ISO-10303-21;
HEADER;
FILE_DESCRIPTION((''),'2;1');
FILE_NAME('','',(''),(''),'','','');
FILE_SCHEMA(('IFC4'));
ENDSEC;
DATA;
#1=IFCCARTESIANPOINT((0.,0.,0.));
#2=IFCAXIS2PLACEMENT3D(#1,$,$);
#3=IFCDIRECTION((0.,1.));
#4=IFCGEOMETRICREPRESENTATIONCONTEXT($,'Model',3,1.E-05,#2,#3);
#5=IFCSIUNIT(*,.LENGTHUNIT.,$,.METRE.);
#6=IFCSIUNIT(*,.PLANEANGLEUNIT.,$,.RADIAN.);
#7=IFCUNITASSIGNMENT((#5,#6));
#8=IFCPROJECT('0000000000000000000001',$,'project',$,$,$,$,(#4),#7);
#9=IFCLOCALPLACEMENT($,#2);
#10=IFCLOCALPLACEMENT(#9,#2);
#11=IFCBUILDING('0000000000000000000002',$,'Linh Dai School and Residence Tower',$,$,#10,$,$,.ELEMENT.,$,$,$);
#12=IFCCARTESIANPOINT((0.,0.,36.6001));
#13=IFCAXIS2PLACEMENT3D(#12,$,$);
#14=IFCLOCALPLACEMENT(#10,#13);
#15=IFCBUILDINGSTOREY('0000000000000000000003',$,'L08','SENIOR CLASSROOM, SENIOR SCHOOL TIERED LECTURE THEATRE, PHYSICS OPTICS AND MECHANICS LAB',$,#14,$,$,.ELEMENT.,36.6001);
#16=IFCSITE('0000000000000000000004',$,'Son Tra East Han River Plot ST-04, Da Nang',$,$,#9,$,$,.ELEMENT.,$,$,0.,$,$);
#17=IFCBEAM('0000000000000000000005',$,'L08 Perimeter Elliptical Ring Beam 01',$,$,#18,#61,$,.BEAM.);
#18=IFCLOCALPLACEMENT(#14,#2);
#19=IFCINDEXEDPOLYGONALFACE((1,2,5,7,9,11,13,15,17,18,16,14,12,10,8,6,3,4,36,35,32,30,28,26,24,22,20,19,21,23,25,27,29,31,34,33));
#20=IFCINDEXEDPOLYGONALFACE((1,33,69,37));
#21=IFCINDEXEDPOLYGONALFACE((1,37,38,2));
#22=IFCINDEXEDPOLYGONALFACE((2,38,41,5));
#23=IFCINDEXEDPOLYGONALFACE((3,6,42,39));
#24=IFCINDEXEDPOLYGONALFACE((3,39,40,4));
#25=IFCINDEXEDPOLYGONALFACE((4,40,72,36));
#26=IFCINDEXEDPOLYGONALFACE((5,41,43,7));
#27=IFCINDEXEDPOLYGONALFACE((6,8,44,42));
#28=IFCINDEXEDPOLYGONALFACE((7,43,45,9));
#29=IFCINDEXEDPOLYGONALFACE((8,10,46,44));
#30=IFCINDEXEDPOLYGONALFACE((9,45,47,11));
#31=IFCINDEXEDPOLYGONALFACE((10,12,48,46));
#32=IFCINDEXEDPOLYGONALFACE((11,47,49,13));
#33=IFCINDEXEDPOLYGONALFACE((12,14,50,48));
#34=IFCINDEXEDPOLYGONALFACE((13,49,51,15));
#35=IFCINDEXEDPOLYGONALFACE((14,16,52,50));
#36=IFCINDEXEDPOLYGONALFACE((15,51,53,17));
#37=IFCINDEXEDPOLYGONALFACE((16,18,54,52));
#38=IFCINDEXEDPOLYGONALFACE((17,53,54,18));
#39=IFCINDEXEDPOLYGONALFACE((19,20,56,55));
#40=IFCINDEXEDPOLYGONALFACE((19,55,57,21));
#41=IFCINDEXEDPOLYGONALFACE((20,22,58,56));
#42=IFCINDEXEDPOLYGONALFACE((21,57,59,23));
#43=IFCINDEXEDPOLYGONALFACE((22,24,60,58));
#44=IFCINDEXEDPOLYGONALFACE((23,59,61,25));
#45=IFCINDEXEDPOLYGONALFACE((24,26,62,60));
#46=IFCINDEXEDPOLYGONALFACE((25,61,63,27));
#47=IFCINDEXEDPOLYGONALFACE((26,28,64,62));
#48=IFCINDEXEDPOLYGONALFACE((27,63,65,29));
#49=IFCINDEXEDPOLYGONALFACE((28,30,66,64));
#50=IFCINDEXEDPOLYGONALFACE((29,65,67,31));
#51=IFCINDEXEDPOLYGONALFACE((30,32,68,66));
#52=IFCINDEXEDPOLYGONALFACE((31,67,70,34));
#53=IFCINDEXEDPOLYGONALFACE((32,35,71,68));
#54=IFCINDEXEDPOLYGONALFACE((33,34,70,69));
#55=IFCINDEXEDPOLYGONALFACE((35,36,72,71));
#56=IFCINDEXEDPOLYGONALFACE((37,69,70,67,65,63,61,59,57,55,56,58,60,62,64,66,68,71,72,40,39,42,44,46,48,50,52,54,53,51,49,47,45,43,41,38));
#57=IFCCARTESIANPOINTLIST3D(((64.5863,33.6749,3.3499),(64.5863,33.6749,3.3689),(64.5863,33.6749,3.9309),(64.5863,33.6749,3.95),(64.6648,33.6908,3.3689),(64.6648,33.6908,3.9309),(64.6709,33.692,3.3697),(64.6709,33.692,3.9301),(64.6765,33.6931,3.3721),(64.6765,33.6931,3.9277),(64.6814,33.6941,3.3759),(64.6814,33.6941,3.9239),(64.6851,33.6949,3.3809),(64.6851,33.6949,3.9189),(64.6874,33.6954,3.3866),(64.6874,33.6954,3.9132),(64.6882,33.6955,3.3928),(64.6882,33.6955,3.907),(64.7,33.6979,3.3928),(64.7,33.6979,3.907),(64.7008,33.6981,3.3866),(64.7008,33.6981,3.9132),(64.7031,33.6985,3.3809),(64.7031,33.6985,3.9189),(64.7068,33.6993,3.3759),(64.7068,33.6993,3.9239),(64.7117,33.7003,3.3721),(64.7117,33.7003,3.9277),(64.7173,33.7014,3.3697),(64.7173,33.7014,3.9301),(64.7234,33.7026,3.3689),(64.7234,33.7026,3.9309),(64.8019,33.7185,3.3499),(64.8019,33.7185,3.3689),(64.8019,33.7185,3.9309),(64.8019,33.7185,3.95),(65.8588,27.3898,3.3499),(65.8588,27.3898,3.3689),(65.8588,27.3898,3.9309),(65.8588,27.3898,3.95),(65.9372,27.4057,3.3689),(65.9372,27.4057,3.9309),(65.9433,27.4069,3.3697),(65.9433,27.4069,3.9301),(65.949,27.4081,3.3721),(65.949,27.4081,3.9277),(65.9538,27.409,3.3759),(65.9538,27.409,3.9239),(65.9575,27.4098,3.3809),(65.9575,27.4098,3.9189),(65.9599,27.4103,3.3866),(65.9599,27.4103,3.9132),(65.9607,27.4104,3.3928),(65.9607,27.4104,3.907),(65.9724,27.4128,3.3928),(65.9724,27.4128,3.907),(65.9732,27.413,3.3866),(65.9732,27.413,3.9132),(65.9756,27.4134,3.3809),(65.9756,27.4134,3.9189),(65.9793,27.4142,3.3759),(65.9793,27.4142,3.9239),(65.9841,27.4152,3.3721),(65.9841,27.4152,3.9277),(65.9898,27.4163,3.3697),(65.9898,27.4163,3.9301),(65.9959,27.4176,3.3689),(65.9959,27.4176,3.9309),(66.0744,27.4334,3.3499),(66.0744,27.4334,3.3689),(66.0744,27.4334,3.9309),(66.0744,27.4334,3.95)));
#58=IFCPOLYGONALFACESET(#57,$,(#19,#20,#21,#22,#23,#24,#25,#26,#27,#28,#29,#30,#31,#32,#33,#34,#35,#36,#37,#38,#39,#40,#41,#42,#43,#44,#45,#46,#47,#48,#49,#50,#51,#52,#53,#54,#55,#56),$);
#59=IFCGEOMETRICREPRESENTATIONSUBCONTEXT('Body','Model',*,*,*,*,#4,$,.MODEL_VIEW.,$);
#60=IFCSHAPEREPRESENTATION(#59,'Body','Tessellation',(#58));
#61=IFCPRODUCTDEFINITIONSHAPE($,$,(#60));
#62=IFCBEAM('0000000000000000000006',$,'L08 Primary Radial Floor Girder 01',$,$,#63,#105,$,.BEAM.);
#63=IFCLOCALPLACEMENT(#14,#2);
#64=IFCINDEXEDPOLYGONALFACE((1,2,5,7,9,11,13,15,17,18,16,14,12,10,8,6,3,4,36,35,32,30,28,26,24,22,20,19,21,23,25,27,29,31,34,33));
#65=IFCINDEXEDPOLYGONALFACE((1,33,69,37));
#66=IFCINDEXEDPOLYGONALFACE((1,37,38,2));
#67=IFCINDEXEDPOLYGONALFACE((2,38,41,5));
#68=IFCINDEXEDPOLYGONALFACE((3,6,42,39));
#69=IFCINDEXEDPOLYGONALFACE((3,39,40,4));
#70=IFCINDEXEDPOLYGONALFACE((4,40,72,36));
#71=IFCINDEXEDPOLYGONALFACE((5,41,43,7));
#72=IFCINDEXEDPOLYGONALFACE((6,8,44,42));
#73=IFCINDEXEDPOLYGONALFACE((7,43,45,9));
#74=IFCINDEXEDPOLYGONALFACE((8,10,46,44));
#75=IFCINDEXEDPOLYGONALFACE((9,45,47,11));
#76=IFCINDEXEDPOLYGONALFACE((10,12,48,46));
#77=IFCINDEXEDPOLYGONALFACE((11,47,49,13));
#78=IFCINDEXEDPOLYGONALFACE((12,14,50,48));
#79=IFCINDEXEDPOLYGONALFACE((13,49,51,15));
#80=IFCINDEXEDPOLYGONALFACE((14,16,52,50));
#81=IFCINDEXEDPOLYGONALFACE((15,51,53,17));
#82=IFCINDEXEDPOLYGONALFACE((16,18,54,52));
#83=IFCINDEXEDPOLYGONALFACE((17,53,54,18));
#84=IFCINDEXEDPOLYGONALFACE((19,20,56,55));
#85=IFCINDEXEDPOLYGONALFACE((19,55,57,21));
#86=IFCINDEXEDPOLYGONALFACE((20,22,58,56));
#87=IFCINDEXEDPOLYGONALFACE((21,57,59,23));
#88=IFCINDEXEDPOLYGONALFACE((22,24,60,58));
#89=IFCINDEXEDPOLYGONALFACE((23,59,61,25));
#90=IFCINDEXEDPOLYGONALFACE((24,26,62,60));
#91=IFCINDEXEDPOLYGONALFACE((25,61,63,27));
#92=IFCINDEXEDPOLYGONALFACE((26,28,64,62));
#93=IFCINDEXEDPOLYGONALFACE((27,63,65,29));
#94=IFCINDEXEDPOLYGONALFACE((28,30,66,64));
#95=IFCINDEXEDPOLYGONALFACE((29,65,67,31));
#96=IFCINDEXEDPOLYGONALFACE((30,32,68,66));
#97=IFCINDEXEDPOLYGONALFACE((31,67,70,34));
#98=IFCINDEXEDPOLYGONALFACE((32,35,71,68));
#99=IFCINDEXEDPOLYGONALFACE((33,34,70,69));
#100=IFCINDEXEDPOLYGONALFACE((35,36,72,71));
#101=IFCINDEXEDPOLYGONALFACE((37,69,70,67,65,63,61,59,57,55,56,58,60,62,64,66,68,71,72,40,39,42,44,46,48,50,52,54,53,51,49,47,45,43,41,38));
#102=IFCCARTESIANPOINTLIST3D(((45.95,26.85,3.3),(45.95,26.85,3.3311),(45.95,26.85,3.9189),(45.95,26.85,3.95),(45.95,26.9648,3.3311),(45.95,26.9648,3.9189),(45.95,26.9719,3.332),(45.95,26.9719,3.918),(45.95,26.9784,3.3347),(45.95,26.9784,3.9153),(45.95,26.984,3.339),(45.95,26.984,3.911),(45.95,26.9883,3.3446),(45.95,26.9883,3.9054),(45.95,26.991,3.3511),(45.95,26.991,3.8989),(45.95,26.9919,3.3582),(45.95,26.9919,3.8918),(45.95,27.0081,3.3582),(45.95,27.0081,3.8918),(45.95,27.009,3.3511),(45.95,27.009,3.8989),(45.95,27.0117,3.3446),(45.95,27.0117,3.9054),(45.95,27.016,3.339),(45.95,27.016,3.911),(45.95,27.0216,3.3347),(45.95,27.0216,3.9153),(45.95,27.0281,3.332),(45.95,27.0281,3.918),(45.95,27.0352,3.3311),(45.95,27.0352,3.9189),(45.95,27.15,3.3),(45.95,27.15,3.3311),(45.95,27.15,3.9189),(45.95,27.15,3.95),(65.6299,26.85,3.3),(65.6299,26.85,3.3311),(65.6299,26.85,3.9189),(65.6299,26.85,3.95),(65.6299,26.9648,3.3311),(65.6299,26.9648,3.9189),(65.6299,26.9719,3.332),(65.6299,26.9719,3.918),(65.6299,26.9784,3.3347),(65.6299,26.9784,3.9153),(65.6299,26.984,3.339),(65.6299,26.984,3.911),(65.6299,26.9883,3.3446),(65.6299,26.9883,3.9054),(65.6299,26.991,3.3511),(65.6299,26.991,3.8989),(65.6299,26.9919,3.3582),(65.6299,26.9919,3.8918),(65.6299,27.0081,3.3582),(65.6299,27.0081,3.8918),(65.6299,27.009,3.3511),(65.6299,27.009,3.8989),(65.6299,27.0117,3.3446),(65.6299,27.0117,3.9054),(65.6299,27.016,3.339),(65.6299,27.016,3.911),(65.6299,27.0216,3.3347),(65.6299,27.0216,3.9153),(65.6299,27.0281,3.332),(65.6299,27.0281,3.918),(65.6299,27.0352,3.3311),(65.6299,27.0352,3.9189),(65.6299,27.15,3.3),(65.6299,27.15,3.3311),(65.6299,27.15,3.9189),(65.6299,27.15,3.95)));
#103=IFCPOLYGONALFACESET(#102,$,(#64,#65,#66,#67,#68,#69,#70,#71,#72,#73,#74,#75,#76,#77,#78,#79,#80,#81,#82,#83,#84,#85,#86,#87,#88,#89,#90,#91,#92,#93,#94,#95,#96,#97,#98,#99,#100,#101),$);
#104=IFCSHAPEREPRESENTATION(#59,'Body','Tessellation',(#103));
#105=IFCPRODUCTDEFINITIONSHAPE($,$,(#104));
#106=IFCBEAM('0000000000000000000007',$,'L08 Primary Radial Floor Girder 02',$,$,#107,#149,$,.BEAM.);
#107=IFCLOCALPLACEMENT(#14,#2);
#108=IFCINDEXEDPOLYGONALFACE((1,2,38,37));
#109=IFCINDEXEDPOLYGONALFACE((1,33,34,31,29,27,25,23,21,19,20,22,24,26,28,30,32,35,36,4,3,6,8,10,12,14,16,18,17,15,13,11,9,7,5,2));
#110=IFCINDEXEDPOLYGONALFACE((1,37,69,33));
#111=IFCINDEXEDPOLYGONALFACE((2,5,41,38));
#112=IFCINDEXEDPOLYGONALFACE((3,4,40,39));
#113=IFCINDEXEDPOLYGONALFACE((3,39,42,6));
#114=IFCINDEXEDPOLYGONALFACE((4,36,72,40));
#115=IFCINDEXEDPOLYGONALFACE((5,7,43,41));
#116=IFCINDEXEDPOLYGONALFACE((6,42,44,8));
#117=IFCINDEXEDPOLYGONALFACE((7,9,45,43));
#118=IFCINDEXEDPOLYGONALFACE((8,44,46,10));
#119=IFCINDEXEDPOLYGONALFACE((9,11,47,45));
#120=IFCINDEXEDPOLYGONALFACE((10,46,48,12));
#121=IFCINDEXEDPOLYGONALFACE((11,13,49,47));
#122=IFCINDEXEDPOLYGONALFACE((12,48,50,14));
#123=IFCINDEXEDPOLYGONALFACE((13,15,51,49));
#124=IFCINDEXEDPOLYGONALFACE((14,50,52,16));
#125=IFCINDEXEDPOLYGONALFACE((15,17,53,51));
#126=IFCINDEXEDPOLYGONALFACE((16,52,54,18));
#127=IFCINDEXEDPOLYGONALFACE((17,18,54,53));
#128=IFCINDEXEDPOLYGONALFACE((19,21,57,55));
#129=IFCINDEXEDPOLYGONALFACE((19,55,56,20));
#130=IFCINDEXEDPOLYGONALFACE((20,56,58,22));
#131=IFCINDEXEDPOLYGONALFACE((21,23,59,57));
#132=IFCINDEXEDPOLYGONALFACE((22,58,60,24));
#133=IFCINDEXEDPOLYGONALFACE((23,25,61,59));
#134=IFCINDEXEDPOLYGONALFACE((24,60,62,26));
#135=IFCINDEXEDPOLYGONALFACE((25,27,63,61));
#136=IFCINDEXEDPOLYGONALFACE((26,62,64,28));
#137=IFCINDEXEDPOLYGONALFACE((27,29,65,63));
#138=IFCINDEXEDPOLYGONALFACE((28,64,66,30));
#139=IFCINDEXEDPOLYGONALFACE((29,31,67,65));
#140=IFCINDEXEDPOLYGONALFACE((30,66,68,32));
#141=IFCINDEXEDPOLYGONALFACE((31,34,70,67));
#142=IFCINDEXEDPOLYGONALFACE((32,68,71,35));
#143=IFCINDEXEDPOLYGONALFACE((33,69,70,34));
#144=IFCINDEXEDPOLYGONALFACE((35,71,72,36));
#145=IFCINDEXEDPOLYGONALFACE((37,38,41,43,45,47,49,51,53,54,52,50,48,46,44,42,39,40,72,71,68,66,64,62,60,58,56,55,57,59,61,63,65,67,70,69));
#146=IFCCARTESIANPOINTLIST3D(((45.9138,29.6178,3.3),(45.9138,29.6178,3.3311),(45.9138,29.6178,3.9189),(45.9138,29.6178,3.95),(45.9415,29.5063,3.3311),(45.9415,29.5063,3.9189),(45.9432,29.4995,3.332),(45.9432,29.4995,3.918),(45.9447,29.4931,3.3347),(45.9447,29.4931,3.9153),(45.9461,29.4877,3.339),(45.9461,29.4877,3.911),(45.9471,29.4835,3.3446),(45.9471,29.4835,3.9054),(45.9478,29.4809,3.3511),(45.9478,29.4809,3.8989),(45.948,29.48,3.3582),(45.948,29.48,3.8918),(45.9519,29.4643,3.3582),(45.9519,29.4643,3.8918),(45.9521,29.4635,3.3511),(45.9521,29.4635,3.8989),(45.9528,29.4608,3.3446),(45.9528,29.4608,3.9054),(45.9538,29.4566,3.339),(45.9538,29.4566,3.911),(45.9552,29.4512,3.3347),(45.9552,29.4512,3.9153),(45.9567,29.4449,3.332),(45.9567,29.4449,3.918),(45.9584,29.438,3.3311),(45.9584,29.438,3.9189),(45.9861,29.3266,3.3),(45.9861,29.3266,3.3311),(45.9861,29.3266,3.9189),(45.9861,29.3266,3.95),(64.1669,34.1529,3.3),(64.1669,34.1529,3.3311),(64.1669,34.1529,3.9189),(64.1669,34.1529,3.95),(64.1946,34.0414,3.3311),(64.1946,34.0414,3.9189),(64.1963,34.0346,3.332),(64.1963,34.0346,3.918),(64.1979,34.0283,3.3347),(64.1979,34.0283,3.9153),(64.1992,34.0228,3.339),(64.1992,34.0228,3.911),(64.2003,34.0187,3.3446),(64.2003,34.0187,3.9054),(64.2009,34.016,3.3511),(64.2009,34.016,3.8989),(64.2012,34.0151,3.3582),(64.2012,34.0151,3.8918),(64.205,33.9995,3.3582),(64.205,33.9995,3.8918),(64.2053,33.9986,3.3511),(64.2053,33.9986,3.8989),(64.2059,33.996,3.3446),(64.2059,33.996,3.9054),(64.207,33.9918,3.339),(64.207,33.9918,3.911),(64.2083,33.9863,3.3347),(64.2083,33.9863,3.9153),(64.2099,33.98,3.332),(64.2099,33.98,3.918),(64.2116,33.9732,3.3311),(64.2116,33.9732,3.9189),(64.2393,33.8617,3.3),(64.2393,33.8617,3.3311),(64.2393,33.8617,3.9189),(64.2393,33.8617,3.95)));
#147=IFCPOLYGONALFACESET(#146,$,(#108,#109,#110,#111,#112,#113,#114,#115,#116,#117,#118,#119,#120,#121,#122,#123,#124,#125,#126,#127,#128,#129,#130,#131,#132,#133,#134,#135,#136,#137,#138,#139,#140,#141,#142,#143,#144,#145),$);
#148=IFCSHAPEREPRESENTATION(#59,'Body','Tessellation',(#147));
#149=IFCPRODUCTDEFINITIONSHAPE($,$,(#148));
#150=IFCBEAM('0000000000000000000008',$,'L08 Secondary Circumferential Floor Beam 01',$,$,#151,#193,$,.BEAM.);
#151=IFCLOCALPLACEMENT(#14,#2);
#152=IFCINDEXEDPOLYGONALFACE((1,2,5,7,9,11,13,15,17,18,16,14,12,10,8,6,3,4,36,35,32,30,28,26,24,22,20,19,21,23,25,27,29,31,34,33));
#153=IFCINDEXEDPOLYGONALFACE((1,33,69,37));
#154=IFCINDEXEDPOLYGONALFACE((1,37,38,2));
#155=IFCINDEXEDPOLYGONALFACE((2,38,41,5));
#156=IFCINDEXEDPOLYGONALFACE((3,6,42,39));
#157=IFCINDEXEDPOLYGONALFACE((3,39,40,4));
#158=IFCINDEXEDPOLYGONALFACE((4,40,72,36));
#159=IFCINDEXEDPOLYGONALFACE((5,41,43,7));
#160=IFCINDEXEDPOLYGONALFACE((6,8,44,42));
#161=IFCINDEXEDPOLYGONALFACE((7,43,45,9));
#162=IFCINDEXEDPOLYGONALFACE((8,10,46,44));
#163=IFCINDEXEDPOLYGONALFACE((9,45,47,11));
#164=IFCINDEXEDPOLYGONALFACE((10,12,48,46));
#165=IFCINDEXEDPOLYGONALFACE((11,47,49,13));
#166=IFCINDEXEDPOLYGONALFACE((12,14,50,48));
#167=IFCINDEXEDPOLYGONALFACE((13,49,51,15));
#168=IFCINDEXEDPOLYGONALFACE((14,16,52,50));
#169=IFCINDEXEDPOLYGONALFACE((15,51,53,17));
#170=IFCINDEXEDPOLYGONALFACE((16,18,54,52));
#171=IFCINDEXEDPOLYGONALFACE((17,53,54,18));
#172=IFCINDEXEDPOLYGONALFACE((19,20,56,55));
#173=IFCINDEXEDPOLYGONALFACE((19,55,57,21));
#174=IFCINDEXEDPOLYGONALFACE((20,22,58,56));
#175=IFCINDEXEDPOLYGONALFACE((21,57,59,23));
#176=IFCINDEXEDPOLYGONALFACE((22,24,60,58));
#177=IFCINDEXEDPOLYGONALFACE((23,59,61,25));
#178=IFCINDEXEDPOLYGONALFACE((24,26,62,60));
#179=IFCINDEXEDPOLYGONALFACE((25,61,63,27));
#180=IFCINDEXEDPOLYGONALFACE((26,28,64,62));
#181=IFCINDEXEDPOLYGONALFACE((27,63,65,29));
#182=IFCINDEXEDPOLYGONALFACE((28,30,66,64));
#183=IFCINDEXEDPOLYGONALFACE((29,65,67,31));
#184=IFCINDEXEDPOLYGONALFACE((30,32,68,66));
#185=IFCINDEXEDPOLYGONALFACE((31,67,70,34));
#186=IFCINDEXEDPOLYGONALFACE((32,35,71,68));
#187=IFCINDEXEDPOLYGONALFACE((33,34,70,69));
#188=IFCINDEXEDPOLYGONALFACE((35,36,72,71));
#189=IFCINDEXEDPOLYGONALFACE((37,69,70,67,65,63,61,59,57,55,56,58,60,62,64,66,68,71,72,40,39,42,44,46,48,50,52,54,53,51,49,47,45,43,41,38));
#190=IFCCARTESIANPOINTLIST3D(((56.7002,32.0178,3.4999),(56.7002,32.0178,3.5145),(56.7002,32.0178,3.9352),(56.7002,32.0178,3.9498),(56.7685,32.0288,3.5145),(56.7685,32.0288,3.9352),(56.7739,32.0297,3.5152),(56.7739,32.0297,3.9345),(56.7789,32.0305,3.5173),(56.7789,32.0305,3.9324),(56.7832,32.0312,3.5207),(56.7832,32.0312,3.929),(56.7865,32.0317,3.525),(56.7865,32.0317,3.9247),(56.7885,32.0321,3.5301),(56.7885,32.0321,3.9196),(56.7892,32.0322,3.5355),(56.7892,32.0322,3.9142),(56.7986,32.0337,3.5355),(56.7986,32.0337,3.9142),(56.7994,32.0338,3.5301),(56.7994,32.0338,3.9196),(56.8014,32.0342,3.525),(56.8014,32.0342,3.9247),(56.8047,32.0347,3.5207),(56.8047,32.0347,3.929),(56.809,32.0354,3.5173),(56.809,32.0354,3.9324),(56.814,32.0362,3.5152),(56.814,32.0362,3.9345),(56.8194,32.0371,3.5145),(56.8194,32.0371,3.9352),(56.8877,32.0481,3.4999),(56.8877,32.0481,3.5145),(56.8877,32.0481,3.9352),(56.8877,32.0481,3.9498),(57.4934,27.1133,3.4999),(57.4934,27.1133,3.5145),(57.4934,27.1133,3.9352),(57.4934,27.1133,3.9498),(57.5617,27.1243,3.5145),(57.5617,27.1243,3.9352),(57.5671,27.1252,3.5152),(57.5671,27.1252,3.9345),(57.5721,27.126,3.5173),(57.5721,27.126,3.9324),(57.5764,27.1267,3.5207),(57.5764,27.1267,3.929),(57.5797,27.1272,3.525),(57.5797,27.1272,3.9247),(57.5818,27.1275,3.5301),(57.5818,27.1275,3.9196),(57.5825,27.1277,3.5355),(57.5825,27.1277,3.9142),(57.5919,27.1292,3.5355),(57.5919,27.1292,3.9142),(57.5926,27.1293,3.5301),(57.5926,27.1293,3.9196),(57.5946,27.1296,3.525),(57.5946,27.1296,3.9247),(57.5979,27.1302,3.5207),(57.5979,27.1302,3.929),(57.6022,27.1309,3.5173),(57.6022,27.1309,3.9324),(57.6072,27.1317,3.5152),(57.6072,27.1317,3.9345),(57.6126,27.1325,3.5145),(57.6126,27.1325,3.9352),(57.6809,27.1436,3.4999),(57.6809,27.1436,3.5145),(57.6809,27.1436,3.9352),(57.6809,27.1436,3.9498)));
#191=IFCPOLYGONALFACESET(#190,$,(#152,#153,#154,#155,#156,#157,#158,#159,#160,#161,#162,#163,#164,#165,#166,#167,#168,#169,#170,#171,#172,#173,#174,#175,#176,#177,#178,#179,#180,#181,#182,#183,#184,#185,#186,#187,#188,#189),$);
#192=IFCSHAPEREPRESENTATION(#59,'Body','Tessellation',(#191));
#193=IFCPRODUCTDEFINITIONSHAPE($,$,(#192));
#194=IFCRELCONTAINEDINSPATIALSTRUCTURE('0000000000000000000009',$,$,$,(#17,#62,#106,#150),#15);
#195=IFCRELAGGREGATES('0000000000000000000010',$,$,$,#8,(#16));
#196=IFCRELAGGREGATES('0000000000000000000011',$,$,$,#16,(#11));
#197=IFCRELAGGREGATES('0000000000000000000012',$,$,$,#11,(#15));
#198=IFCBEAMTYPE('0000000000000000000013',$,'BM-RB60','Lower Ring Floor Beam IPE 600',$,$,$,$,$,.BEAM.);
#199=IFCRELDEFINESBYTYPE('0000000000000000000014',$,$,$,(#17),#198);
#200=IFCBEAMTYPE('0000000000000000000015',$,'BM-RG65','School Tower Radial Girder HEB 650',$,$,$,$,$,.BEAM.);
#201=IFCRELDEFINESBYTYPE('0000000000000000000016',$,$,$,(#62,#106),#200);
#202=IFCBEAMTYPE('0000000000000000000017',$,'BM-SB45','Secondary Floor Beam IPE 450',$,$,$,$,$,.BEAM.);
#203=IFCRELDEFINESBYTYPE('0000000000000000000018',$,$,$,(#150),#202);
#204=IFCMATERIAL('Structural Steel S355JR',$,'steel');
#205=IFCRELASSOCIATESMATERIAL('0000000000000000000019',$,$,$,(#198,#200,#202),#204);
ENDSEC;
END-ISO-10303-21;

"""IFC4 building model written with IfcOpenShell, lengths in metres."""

from ifc_helpers import new_model, si_unit, direction, frame, origin, origin_2d, place, context, subcontext, project, spatial, i_section, extrude, material, material_profile, profile_set, type_object, element, save


model = new_model("IFC4")

# Units and contexts
model_context = context("Model", 3, precision=1e-05, world=origin(), true_north=direction((0.0, 1.0)))
body_context = subcontext(model_context, "Body", "Model", "MODEL_VIEW")
ifc_project = project(units=[si_unit("LENGTHUNIT", "METRE"), si_unit("PLANEANGLEUNIT", "RADIAN")], contexts=[model_context])

# Site, building, storey
site_placement = place(None, origin())
site = spatial("IfcSite", under=ifc_project, at=site_placement, Name="Son Tra East Han River Plot ST-04, Da Nang", CompositionType="ELEMENT", RefElevation=0.0)
building_placement = place(site_placement, origin())
building = spatial("IfcBuilding", under=site, at=building_placement, Name="Linh Dai School and Residence Tower", CompositionType="ELEMENT")
storey_placement = place(building_placement, frame((0.0, 0.0, 36.6001)))
storey = spatial("IfcBuildingStorey", under=building, at=storey_placement, Name="L08", Description="SENIOR CLASSROOM, SENIOR SCHOOL TIERED LECTURE THEATRE, PHYSICS OPTICS AND MECHANICS LAB", CompositionType="ELEMENT", Elevation=36.6001)

# Shared definitions
ifc_material_1 = material(Name="Structural Steel S355JR", Category="steel")

# Beams
ifc_material_profile_1 = material_profile(ifc_material_1, i_section(OverallWidth=0.22, OverallDepth=0.6001, WebThickness=0.012, FlangeThickness=0.019, FilletRadius=0.0239, at=origin_2d()), Name="IPE 600")
ifc_profile_set_1 = profile_set([ifc_material_profile_1], Name="Structural Steel S355JR")
beam_type_1 = type_object("IfcBeamType", Name="BM-RB60", Description="Lower Ring Floor Beam IPE 600", PredefinedType="BEAM", material=ifc_profile_set_1)
beam_1_placement = place(storey_placement, frame((65.9666, 27.4116, 3.6499), z_axis=(-0.198429, 0.980115, 0.0), x_axis=(-0.980115, -0.198429, 0.0)))
element("IfcBeam", 1, at=beam_1_placement, inside=storey, type_object=beam_type_1, Name="L08 Perimeter Elliptical Ring Beam 01", PredefinedType="BEAM", context=body_context, shape_type="SweptSolid", body=[
    extrude(i_section(OverallWidth=0.22, OverallDepth=0.6001, WebThickness=0.012, FlangeThickness=0.019, FilletRadius=0.0239, at=origin_2d()), origin(), (0.0, 0.0, 1.0), 6.4126),
])
ifc_material_profile_2 = material_profile(ifc_material_1, i_section(OverallWidth=0.3, OverallDepth=0.6499, WebThickness=0.0161, FlangeThickness=0.031, FilletRadius=0.0271, at=origin_2d()), Name="HEB 650")
ifc_profile_set_2 = profile_set([ifc_material_profile_2], Name="Structural Steel S355JR")
beam_type_2 = type_object("IfcBeamType", Name="BM-RG65", Description="School Tower Radial Girder HEB 650", PredefinedType="BEAM", material=ifc_profile_set_2)
beam_2_placement = place(storey_placement, frame((45.95, 27.0, 3.625), z_axis=(1.0, 0.0, 0.0), x_axis=(0.0, 1.0, 0.0)))
element("IfcBeam", 2, at=beam_2_placement, inside=storey, type_object=beam_type_2, Name="L08 Primary Radial Floor Girder 01", PredefinedType="BEAM", context=body_context, shape_type="SweptSolid", body=[
    extrude(i_section(OverallWidth=0.3, OverallDepth=0.6499, WebThickness=0.0161, FlangeThickness=0.031, FilletRadius=0.0271, at=origin_2d()), origin(), (0.0, 0.0, 1.0), 19.6799),
])
beam_3_placement = place(storey_placement, frame((45.95, 29.4722, 3.625), z_axis=(0.970493, 0.241127, 0.0), x_axis=(-0.241127, 0.970493, 0.0)))
element("IfcBeam", 3, at=beam_3_placement, inside=storey, type_object=beam_type_2, Name="L08 Primary Radial Floor Girder 02", PredefinedType="BEAM", context=body_context, shape_type="SweptSolid", body=[
    extrude(i_section(OverallWidth=0.3, OverallDepth=0.6499, WebThickness=0.0161, FlangeThickness=0.031, FilletRadius=0.0271, at=origin_2d()), origin(), (0.0, 0.0, 1.0), 18.8081),
])
ifc_material_profile_3 = material_profile(ifc_material_1, i_section(OverallWidth=0.1899, OverallDepth=0.45, WebThickness=0.0095, FlangeThickness=0.0146, FilletRadius=0.021, at=origin_2d()), Name="IPE 450")
ifc_profile_set_3 = profile_set([ifc_material_profile_3], Name="Structural Steel S355JR")
beam_type_3 = type_object("IfcBeamType", Name="BM-SB45", Description="Secondary Floor Beam IPE 450", PredefinedType="BEAM", material=ifc_profile_set_3)
beam_4_placement = place(storey_placement, frame((57.5872, 27.1284, 3.7249), z_axis=(-0.159656, 0.987173, 0.0), x_axis=(-0.987173, -0.159656, 0.0)))
element("IfcBeam", 4, at=beam_4_placement, inside=storey, type_object=beam_type_3, Name="L08 Secondary Circumferential Floor Beam 01", PredefinedType="BEAM", context=body_context, shape_type="SweptSolid", body=[
    extrude(i_section(OverallWidth=0.1899, OverallDepth=0.45, WebThickness=0.0095, FlangeThickness=0.0146, FilletRadius=0.021, at=origin_2d()), origin(), (0.0, 0.0, 1.0), 4.9683),
])

save(model, "model.ifc")
